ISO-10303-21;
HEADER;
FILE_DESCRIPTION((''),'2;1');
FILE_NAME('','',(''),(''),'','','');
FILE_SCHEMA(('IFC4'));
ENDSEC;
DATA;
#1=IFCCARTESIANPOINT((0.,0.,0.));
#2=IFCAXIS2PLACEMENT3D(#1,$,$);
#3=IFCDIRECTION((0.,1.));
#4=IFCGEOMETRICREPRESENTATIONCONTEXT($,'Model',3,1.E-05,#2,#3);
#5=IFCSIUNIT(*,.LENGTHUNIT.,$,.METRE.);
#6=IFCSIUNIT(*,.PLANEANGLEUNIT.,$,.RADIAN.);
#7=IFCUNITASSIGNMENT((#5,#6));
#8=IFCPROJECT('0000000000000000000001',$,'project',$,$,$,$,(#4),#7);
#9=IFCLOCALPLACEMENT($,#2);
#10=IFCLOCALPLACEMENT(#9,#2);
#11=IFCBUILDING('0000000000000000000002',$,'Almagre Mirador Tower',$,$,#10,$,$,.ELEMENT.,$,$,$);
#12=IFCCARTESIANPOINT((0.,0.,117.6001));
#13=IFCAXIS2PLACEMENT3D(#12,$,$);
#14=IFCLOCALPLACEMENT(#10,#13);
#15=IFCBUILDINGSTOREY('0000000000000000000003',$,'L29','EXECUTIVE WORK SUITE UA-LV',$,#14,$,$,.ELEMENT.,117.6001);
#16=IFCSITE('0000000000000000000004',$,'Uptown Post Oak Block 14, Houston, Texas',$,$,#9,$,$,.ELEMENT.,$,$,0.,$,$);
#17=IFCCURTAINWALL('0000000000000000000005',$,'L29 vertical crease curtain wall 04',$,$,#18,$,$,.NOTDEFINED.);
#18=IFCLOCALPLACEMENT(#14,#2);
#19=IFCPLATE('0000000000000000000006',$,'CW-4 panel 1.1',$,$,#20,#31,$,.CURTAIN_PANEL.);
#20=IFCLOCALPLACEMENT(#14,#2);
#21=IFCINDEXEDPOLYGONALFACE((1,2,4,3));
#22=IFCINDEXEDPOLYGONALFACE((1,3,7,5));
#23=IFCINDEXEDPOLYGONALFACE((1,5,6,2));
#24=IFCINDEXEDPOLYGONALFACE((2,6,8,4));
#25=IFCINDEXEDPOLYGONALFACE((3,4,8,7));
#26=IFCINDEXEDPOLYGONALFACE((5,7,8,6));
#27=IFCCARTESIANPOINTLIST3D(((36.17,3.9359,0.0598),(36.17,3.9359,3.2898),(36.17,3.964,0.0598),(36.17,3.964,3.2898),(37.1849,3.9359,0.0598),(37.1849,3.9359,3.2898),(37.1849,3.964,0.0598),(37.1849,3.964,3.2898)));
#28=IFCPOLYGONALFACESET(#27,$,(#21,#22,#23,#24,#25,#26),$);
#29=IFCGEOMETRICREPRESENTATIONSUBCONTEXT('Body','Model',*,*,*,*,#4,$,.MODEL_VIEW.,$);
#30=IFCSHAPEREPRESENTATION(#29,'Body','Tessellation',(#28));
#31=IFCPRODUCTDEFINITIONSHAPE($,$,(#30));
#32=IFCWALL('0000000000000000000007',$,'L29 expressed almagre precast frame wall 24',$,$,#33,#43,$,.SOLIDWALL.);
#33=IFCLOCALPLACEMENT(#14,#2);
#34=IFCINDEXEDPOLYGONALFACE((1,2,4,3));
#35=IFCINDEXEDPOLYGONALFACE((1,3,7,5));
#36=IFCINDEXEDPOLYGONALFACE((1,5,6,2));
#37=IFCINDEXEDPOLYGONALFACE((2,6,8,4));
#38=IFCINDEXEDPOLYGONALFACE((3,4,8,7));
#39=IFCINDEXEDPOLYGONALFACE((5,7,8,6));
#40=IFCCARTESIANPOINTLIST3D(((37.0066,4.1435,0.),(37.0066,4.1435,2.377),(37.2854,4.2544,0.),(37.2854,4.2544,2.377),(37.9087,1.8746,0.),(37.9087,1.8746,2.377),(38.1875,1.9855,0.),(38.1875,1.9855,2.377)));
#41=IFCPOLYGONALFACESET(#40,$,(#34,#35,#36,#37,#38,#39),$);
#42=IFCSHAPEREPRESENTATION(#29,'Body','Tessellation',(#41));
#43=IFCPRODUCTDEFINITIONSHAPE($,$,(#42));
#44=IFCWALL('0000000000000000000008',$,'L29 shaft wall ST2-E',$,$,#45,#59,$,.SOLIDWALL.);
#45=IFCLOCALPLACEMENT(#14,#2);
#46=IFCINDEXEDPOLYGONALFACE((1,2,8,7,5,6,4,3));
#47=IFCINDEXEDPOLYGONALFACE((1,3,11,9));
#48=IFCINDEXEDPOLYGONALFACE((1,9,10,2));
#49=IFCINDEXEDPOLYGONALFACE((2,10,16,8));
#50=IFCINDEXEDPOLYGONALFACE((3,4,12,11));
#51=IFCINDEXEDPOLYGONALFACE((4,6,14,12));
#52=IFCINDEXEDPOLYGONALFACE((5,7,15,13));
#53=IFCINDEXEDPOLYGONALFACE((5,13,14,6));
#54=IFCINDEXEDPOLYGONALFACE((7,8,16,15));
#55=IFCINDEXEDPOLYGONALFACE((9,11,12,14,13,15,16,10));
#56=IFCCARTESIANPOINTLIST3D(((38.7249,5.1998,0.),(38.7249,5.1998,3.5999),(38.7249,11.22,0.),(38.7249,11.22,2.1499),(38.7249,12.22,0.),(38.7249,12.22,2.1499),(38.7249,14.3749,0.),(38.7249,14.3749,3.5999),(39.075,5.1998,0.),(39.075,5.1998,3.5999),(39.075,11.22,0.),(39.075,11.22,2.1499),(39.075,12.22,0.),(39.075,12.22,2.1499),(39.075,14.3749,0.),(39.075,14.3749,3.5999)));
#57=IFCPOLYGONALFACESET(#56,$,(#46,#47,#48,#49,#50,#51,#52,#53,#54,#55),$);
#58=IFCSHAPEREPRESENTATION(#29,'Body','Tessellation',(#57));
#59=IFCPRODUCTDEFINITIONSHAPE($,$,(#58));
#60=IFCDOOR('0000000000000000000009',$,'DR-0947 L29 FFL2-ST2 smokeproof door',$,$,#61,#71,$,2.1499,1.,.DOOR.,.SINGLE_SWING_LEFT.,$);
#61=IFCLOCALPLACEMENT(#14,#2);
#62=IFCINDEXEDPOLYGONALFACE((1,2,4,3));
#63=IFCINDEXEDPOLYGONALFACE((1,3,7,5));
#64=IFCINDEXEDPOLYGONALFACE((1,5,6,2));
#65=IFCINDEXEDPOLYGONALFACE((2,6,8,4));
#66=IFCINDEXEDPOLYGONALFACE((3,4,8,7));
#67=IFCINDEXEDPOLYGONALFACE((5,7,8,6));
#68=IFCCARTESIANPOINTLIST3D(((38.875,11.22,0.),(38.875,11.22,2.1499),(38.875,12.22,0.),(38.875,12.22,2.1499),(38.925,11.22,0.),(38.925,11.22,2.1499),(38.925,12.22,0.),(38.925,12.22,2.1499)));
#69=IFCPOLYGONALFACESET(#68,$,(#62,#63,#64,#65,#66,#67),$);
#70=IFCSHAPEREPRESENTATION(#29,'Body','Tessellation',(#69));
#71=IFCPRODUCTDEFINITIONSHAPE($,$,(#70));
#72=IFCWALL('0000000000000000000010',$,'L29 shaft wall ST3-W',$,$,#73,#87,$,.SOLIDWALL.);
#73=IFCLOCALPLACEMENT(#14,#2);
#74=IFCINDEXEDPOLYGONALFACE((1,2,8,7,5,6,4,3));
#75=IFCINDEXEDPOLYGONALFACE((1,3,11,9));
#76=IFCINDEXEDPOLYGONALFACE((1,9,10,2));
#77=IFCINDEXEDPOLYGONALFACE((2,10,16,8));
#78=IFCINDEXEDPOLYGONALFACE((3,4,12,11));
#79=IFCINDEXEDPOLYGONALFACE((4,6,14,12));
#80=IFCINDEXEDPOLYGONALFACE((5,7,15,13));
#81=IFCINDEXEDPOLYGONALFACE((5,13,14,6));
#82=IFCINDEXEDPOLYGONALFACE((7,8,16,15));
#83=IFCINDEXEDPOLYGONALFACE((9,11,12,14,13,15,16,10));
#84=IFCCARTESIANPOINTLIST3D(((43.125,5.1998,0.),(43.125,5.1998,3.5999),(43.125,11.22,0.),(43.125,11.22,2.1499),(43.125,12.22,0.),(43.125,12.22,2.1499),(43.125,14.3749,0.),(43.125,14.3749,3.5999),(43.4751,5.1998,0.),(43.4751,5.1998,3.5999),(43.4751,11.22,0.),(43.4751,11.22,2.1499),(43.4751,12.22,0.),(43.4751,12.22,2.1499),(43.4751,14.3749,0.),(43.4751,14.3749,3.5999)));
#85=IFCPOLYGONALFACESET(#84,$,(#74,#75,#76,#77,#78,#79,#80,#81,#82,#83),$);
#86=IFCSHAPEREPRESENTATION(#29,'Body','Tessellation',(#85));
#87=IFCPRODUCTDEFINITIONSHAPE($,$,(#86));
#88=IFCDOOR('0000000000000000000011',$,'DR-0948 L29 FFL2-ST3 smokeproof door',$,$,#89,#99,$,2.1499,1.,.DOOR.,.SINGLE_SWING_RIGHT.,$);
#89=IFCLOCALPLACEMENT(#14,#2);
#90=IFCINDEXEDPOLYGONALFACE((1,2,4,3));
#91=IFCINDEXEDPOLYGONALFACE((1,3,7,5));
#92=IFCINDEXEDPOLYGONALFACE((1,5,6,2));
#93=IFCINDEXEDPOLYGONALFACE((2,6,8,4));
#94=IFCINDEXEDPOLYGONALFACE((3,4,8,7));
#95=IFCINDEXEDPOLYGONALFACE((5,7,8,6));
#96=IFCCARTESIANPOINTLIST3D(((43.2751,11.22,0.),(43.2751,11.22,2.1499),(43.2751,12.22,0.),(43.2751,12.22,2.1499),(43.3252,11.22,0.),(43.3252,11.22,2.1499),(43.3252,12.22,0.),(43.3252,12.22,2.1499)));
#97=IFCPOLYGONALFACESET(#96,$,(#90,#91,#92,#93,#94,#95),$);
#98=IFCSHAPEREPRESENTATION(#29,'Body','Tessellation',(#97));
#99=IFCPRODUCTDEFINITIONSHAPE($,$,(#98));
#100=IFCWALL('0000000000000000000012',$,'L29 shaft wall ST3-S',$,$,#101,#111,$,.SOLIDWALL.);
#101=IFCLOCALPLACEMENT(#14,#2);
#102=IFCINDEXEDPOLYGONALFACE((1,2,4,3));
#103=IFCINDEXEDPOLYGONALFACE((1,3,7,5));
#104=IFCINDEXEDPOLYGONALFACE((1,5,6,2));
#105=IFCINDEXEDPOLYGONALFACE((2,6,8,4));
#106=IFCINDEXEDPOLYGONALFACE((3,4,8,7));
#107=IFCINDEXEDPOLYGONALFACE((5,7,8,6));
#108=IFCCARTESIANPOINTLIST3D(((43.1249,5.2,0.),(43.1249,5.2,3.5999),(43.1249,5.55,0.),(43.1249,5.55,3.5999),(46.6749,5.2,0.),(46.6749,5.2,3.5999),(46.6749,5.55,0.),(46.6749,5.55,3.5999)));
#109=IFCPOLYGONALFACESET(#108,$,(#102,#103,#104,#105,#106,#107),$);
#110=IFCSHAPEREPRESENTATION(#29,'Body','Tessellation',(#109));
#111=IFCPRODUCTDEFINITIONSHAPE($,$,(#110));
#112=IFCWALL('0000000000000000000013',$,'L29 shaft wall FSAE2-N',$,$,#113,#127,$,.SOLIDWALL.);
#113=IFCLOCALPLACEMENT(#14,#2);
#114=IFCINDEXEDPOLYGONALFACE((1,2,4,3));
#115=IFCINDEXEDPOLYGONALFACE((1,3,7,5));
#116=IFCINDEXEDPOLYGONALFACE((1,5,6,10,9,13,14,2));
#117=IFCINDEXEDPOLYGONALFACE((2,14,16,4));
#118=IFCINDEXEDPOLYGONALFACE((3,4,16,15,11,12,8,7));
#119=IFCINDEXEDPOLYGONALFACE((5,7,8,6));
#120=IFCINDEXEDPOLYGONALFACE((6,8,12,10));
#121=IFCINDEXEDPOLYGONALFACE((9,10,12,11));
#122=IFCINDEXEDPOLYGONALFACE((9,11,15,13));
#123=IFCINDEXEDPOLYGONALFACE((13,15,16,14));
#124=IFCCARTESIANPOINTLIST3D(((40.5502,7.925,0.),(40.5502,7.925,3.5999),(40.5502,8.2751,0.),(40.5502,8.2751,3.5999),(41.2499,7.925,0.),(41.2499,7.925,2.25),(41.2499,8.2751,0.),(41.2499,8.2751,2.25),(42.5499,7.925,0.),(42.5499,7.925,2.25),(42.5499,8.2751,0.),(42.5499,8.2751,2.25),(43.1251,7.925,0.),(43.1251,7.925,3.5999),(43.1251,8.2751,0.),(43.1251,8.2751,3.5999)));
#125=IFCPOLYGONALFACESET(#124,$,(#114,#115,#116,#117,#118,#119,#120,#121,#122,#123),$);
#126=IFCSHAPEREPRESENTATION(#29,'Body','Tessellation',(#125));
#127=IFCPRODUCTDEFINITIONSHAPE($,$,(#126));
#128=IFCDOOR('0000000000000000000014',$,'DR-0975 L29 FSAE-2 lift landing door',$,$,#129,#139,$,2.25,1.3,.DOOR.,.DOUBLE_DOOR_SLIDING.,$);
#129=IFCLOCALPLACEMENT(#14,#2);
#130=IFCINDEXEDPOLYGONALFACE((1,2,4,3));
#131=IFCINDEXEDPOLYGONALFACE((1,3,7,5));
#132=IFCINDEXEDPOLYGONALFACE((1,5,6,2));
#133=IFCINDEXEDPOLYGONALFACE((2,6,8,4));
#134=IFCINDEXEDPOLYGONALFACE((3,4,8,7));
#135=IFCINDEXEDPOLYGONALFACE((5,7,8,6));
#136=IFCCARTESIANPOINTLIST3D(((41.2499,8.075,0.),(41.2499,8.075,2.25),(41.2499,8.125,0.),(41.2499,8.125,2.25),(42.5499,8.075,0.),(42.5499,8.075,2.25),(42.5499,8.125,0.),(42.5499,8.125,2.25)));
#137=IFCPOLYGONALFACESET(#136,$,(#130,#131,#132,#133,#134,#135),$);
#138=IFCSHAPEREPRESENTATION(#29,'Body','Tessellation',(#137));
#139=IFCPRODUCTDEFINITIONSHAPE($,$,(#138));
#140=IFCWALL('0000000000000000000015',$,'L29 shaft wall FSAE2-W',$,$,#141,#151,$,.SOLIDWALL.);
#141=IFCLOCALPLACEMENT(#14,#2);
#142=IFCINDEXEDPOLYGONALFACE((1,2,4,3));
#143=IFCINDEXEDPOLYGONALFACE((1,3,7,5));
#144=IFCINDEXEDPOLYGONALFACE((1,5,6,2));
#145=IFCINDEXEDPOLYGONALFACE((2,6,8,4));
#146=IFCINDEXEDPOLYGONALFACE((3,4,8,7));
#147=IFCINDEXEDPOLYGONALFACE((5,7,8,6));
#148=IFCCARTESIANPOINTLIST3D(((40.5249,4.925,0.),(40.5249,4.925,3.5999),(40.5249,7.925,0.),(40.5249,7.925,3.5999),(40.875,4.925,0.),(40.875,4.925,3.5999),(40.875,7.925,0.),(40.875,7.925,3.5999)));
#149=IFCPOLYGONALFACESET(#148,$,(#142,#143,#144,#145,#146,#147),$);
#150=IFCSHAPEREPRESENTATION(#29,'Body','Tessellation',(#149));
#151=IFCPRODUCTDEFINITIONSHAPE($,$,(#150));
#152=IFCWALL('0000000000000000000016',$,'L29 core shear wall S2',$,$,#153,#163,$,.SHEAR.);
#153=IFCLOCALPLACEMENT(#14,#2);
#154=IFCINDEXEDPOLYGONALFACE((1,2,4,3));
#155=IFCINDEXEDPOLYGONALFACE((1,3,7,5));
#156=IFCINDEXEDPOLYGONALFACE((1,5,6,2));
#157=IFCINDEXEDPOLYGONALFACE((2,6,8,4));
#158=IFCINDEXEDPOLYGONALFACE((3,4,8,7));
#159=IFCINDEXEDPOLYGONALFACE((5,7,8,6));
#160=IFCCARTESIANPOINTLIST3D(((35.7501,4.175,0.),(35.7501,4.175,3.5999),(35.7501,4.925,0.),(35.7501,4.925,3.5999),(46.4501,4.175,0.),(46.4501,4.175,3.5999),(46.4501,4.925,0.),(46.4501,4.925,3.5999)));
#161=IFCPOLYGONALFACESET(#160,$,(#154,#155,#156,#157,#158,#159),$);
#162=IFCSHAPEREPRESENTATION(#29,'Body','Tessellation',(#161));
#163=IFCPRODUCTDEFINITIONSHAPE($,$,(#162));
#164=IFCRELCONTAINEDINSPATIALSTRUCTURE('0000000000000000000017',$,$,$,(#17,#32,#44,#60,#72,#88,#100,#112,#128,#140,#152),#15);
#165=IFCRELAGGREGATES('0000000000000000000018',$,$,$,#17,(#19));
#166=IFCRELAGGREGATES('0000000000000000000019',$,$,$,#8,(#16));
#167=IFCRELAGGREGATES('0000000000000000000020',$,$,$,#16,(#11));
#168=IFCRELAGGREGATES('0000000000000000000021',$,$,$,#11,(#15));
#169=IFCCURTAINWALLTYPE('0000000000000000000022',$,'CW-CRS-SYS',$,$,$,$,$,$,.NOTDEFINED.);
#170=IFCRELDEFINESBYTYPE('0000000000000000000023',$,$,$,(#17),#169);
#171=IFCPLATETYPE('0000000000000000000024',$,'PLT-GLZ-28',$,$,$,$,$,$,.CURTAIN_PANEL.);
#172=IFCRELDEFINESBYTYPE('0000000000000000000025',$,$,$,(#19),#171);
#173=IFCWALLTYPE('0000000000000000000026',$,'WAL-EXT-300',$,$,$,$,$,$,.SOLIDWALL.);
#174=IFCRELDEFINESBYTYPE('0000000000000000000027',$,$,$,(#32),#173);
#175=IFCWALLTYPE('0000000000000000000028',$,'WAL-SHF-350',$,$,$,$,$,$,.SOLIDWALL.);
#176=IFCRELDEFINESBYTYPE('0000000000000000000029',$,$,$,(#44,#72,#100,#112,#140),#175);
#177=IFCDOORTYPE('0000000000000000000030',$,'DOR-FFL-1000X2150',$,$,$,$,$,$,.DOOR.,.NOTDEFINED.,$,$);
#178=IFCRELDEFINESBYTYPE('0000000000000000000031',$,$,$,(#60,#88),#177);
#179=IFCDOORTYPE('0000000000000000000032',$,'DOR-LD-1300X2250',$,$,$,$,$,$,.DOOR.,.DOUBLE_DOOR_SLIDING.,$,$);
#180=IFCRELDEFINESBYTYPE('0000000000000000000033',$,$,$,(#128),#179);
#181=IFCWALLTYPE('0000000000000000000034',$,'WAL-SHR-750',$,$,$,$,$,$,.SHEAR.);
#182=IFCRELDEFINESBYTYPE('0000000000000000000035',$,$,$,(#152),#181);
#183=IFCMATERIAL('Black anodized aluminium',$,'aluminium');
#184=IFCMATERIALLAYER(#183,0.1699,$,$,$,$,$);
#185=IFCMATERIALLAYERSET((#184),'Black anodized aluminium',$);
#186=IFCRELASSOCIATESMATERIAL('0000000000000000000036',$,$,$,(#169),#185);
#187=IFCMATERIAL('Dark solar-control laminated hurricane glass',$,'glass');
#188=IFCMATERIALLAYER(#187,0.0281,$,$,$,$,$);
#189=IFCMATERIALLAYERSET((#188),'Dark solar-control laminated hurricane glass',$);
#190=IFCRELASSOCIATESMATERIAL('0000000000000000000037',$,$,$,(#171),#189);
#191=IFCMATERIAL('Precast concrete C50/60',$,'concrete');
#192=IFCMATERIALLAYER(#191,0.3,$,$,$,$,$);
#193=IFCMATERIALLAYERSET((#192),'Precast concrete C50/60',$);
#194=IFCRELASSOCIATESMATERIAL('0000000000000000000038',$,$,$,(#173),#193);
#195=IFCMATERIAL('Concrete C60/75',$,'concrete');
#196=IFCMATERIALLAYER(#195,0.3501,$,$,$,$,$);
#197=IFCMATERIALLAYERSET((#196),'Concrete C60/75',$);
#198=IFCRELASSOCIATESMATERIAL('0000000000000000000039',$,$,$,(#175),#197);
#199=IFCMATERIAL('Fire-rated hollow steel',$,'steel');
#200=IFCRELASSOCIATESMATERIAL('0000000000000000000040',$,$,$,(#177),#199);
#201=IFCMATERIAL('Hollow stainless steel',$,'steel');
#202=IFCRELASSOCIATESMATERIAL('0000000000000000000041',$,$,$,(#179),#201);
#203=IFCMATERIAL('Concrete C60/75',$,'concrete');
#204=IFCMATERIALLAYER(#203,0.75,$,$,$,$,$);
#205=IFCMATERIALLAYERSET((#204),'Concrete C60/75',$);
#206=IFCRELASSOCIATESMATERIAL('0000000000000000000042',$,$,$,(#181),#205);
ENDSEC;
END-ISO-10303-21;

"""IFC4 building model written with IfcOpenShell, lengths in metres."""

from ifc_helpers import new_model, si_unit, direction, frame, frame_2d, origin, origin_2d, place, context, subcontext, project, spatial, rectangle, extrude, material, layer, layer_set, type_object, element, fill, aggregate, save


model = new_model("IFC4")

# Units and contexts
model_context = context("Model", 3, precision=1e-05, world=origin(), true_north=direction((0.0, 1.0)))
body_context = subcontext(model_context, "Body", "Model", "MODEL_VIEW")
ifc_project = project(units=[si_unit("LENGTHUNIT", "METRE"), si_unit("PLANEANGLEUNIT", "RADIAN")], contexts=[model_context])

# Site, building, storey
site_placement = place(None, origin())
site = spatial("IfcSite", under=ifc_project, at=site_placement, Name="Uptown Post Oak Block 14, Houston, Texas", CompositionType="ELEMENT", RefElevation=0.0)
building_placement = place(site_placement, origin())
building = spatial("IfcBuilding", under=site, at=building_placement, Name="Almagre Mirador Tower", CompositionType="ELEMENT")
storey_placement = place(building_placement, frame((0.0, 0.0, 117.6001)))
storey = spatial("IfcBuildingStorey", under=building, at=storey_placement, Name="L29", Description="EXECUTIVE WORK SUITE UA-LV", CompositionType="ELEMENT", Elevation=117.6001)

# Curtain wall, plate
ifc_material_1 = material(Name="Black anodized aluminium", Category="aluminium")
ifc_layer_1 = layer(ifc_material_1, 0.1699)
ifc_layer_set_1 = layer_set([ifc_layer_1], Name="Black anodized aluminium")
curtain_wall_type = type_object("IfcCurtainWallType", Name="CW-CRS-SYS", PredefinedType="NOTDEFINED", material=ifc_layer_set_1)
curtain_wall_placement = place(storey_placement, origin())
curtain_wall = element("IfcCurtainWall", 1, at=curtain_wall_placement, inside=storey, type_object=curtain_wall_type, Name="L29 vertical crease curtain wall 04", PredefinedType="NOTDEFINED")
ifc_material_2 = material(Name="Dark solar-control laminated hurricane glass", Category="glass")
ifc_layer_2 = layer(ifc_material_2, 0.0281)
ifc_layer_set_2 = layer_set([ifc_layer_2], Name="Dark solar-control laminated hurricane glass")
plate_type = type_object("IfcPlateType", Name="PLT-GLZ-28", PredefinedType="CURTAIN_PANEL", material=ifc_layer_set_2)
plate_placement = place(storey_placement, frame((36.6775, 3.95, 0.0598), z_axis=(0.0, 0.0, 1.0), x_axis=(-1.0, 0.0, 0.0)))
plate = element("IfcPlate", 2, at=plate_placement, type_object=plate_type, Name="CW-4 panel 1.1", PredefinedType="CURTAIN_PANEL", context=body_context, shape_type="SweptSolid", body=[
    extrude(rectangle(XDim=1.0149, YDim=0.0281, at=origin_2d()), origin(), (0.0, 0.0, 1.0), 3.23),
])
aggregate(curtain_wall, [plate])

# Wall
ifc_material_3 = material(Name="Precast concrete C50/60", Category="concrete")
ifc_layer_3 = layer(ifc_material_3, 0.3)
ifc_layer_set_3 = layer_set([ifc_layer_3], Name="Precast concrete C50/60")
wall_type_1 = type_object("IfcWallType", Name="WAL-EXT-300", PredefinedType="SOLIDWALL", material=ifc_layer_set_3)
wall_1_placement = place(storey_placement, frame((38.0481, 1.9302, 0.0), z_axis=(0.0, 0.0, 1.0), x_axis=(-0.369476, 0.92924, 0.0)))
element("IfcWall", 3, at=wall_1_placement, inside=storey, type_object=wall_type_1, Name="L29 expressed almagre precast frame wall 24", PredefinedType="SOLIDWALL", context=body_context, shape_type="SweptSolid", body=[
    extrude(rectangle(XDim=2.4417, YDim=0.3, at=frame_2d((1.2207, 0.0))), origin(), (0.0, 0.0, 1.0), 2.377),
])

# Walls, openings, doors
ifc_material_4 = material(Name="Concrete C60/75", Category="concrete")
ifc_layer_4 = layer(ifc_material_4, 0.3501)
ifc_layer_set_4 = layer_set([ifc_layer_4], Name="Concrete C60/75")
wall_type_2 = type_object("IfcWallType", Name="WAL-SHF-350", PredefinedType="SOLIDWALL", material=ifc_layer_set_4)
wall_2_placement = place(storey_placement, frame((38.8999, 5.2, 0.0), z_axis=(0.0, 0.0, 1.0), x_axis=(0.0, 1.0, 0.0)))
wall_2 = element("IfcWall", 4, at=wall_2_placement, inside=storey, type_object=wall_type_2, Name="L29 shaft wall ST2-E", PredefinedType="SOLIDWALL", context=body_context, shape_type="SweptSolid", body=[
    extrude(rectangle(XDim=9.175, YDim=0.3501, at=frame_2d((4.5874, 0.0))), origin(), (0.0, 0.0, 1.0), 3.5999),
])
opening_1_placement = place(wall_2_placement, frame((6.02, 0.0, 0.0)))
opening_1 = element("IfcOpeningElement", 5, at=opening_1_placement, cuts=wall_2, PredefinedType="OPENING", context=body_context, shape_type="SweptSolid", body=[
    extrude(rectangle(XDim=1.0, YDim=2.1499, at=frame_2d((0.5, 1.075))), frame((0.0, 0.185, 0.0), z_axis=(0.0, -1.0, 0.0), x_axis=(1.0, 0.0, 0.0)), (0.0, 0.0, 1.0), 0.3701),
])
ifc_material_5 = material(Name="Fire-rated hollow steel", Category="steel")
door_type_1 = type_object("IfcDoorType", Name="DOR-FFL-1000X2150", OperationType="NOTDEFINED", PredefinedType="DOOR", material=ifc_material_5)
door_1_placement = place(opening_1_placement, origin())
door_1 = element("IfcDoor", 6, at=door_1_placement, inside=storey, type_object=door_type_1, Name="DR-0947 L29 FFL2-ST2 smokeproof door", OperationType="SINGLE_SWING_LEFT", OverallHeight=2.1499, OverallWidth=1.0, PredefinedType="DOOR", context=body_context, shape_type="SweptSolid", body=[
    extrude(rectangle(XDim=1.0, YDim=2.1499, at=frame_2d((0.5, 1.075))), frame((0.0, 0.0249, 0.0), z_axis=(0.0, -1.0, 0.0), x_axis=(1.0, 0.0, 0.0)), (0.0, 0.0, 1.0), 0.05),
])
fill(opening_1, door_1)
wall_3_placement = place(storey_placement, frame((43.3, 5.2, 0.0), z_axis=(0.0, 0.0, 1.0), x_axis=(0.0, 1.0, 0.0)))
wall_3 = element("IfcWall", 7, at=wall_3_placement, inside=storey, type_object=wall_type_2, Name="L29 shaft wall ST3-W", PredefinedType="SOLIDWALL", context=body_context, shape_type="SweptSolid", body=[
    extrude(rectangle(XDim=9.175, YDim=0.3501, at=frame_2d((4.5874, 0.0))), origin(), (0.0, 0.0, 1.0), 3.5999),
])
opening_2_placement = place(wall_3_placement, frame((6.02, 0.0, 0.0)))
opening_2 = element("IfcOpeningElement", 8, at=opening_2_placement, cuts=wall_3, PredefinedType="OPENING", context=body_context, shape_type="SweptSolid", body=[
    extrude(rectangle(XDim=1.0, YDim=2.1499, at=frame_2d((0.5, 1.075))), frame((0.0, 0.185, 0.0), z_axis=(0.0, -1.0, 0.0), x_axis=(1.0, 0.0, 0.0)), (0.0, 0.0, 1.0), 0.3701),
])
door_2_placement = place(opening_2_placement, origin())
door_2 = element("IfcDoor", 9, at=door_2_placement, inside=storey, type_object=door_type_1, Name="DR-0948 L29 FFL2-ST3 smokeproof door", OperationType="SINGLE_SWING_RIGHT", OverallHeight=2.1499, OverallWidth=1.0, PredefinedType="DOOR", context=body_context, shape_type="SweptSolid", body=[
    extrude(rectangle(XDim=1.0, YDim=2.1499, at=frame_2d((0.5, 1.075))), frame((0.0, 0.0249, 0.0), z_axis=(0.0, -1.0, 0.0), x_axis=(1.0, 0.0, 0.0)), (0.0, 0.0, 1.0), 0.05),
])
fill(opening_2, door_2)

# Wall
wall_4_placement = place(storey_placement, frame((43.125, 5.375, 0.0), z_axis=(0.0, 0.0, 1.0), x_axis=(1.0, 0.0, 0.0)))
element("IfcWall", 10, at=wall_4_placement, inside=storey, type_object=wall_type_2, Name="L29 shaft wall ST3-S", PredefinedType="SOLIDWALL", context=body_context, shape_type="SweptSolid", body=[
    extrude(rectangle(XDim=3.55, YDim=0.3501, at=frame_2d((1.7749, 0.0))), origin(), (0.0, 0.0, 1.0), 3.5999),
])

# Wall, opening, door
wall_5_placement = place(storey_placement, frame((40.55, 8.1001, 0.0), z_axis=(0.0, 0.0, 1.0), x_axis=(1.0, 0.0, 0.0)))
wall_5 = element("IfcWall", 11, at=wall_5_placement, inside=storey, type_object=wall_type_2, Name="L29 shaft wall FSAE2-N", PredefinedType="SOLIDWALL", context=body_context, shape_type="SweptSolid", body=[
    extrude(rectangle(XDim=2.575, YDim=0.3501, at=frame_2d((1.2876, 0.0))), origin(), (0.0, 0.0, 1.0), 3.5999),
])
opening_3_placement = place(wall_5_placement, frame((0.7, 0.0, 0.0)))
opening_3 = element("IfcOpeningElement", 12, at=opening_3_placement, cuts=wall_5, PredefinedType="OPENING", context=body_context, shape_type="SweptSolid", body=[
    extrude(rectangle(XDim=1.3, YDim=2.25, at=frame_2d((0.6499, 1.125))), frame((0.0, 0.185, 0.0), z_axis=(0.0, -1.0, 0.0), x_axis=(1.0, 0.0, 0.0)), (0.0, 0.0, 1.0), 0.3701),
])
ifc_material_6 = material(Name="Hollow stainless steel", Category="steel")
door_type_2 = type_object("IfcDoorType", Name="DOR-LD-1300X2250", OperationType="DOUBLE_DOOR_SLIDING", PredefinedType="DOOR", material=ifc_material_6)
door_3_placement = place(opening_3_placement, origin())
door_3 = element("IfcDoor", 13, at=door_3_placement, inside=storey, type_object=door_type_2, Name="DR-0975 L29 FSAE-2 lift landing door", OperationType="DOUBLE_DOOR_SLIDING", OverallHeight=2.25, OverallWidth=1.3, PredefinedType="DOOR", context=body_context, shape_type="SweptSolid", body=[
    extrude(rectangle(XDim=1.3, YDim=2.25, at=frame_2d((0.6499, 1.125))), frame((0.0, 0.0249, 0.0), z_axis=(0.0, -1.0, 0.0), x_axis=(1.0, 0.0, 0.0)), (0.0, 0.0, 1.0), 0.05),
])
fill(opening_3, door_3)

# Walls
wall_6_placement = place(storey_placement, frame((40.7, 4.925, 0.0), z_axis=(0.0, 0.0, 1.0), x_axis=(0.0, 1.0, 0.0)))
element("IfcWall", 14, at=wall_6_placement, inside=storey, type_object=wall_type_2, Name="L29 shaft wall FSAE2-W", PredefinedType="SOLIDWALL", context=body_context, shape_type="SweptSolid", body=[
    extrude(rectangle(XDim=3.0, YDim=0.3501, at=frame_2d((1.5, 0.0))), origin(), (0.0, 0.0, 1.0), 3.5999),
])
ifc_material_7 = material(Name="Concrete C60/75", Category="concrete")
ifc_layer_5 = layer(ifc_material_7, 0.75)
ifc_layer_set_5 = layer_set([ifc_layer_5], Name="Concrete C60/75")
wall_type_3 = type_object("IfcWallType", Name="WAL-SHR-750", PredefinedType="SHEAR", material=ifc_layer_set_5)
wall_7_placement = place(storey_placement, frame((35.75, 4.55, 0.0), z_axis=(0.0, 0.0, 1.0), x_axis=(1.0, 0.0, 0.0)))
element("IfcWall", 15, at=wall_7_placement, inside=storey, type_object=wall_type_3, Name="L29 core shear wall S2", PredefinedType="SHEAR", context=body_context, shape_type="SweptSolid", body=[
    extrude(rectangle(XDim=10.7, YDim=0.75, at=frame_2d((5.3501, 0.0))), origin(), (0.0, 0.0, 1.0), 3.5999),
])

save(model, "model.ifc")
